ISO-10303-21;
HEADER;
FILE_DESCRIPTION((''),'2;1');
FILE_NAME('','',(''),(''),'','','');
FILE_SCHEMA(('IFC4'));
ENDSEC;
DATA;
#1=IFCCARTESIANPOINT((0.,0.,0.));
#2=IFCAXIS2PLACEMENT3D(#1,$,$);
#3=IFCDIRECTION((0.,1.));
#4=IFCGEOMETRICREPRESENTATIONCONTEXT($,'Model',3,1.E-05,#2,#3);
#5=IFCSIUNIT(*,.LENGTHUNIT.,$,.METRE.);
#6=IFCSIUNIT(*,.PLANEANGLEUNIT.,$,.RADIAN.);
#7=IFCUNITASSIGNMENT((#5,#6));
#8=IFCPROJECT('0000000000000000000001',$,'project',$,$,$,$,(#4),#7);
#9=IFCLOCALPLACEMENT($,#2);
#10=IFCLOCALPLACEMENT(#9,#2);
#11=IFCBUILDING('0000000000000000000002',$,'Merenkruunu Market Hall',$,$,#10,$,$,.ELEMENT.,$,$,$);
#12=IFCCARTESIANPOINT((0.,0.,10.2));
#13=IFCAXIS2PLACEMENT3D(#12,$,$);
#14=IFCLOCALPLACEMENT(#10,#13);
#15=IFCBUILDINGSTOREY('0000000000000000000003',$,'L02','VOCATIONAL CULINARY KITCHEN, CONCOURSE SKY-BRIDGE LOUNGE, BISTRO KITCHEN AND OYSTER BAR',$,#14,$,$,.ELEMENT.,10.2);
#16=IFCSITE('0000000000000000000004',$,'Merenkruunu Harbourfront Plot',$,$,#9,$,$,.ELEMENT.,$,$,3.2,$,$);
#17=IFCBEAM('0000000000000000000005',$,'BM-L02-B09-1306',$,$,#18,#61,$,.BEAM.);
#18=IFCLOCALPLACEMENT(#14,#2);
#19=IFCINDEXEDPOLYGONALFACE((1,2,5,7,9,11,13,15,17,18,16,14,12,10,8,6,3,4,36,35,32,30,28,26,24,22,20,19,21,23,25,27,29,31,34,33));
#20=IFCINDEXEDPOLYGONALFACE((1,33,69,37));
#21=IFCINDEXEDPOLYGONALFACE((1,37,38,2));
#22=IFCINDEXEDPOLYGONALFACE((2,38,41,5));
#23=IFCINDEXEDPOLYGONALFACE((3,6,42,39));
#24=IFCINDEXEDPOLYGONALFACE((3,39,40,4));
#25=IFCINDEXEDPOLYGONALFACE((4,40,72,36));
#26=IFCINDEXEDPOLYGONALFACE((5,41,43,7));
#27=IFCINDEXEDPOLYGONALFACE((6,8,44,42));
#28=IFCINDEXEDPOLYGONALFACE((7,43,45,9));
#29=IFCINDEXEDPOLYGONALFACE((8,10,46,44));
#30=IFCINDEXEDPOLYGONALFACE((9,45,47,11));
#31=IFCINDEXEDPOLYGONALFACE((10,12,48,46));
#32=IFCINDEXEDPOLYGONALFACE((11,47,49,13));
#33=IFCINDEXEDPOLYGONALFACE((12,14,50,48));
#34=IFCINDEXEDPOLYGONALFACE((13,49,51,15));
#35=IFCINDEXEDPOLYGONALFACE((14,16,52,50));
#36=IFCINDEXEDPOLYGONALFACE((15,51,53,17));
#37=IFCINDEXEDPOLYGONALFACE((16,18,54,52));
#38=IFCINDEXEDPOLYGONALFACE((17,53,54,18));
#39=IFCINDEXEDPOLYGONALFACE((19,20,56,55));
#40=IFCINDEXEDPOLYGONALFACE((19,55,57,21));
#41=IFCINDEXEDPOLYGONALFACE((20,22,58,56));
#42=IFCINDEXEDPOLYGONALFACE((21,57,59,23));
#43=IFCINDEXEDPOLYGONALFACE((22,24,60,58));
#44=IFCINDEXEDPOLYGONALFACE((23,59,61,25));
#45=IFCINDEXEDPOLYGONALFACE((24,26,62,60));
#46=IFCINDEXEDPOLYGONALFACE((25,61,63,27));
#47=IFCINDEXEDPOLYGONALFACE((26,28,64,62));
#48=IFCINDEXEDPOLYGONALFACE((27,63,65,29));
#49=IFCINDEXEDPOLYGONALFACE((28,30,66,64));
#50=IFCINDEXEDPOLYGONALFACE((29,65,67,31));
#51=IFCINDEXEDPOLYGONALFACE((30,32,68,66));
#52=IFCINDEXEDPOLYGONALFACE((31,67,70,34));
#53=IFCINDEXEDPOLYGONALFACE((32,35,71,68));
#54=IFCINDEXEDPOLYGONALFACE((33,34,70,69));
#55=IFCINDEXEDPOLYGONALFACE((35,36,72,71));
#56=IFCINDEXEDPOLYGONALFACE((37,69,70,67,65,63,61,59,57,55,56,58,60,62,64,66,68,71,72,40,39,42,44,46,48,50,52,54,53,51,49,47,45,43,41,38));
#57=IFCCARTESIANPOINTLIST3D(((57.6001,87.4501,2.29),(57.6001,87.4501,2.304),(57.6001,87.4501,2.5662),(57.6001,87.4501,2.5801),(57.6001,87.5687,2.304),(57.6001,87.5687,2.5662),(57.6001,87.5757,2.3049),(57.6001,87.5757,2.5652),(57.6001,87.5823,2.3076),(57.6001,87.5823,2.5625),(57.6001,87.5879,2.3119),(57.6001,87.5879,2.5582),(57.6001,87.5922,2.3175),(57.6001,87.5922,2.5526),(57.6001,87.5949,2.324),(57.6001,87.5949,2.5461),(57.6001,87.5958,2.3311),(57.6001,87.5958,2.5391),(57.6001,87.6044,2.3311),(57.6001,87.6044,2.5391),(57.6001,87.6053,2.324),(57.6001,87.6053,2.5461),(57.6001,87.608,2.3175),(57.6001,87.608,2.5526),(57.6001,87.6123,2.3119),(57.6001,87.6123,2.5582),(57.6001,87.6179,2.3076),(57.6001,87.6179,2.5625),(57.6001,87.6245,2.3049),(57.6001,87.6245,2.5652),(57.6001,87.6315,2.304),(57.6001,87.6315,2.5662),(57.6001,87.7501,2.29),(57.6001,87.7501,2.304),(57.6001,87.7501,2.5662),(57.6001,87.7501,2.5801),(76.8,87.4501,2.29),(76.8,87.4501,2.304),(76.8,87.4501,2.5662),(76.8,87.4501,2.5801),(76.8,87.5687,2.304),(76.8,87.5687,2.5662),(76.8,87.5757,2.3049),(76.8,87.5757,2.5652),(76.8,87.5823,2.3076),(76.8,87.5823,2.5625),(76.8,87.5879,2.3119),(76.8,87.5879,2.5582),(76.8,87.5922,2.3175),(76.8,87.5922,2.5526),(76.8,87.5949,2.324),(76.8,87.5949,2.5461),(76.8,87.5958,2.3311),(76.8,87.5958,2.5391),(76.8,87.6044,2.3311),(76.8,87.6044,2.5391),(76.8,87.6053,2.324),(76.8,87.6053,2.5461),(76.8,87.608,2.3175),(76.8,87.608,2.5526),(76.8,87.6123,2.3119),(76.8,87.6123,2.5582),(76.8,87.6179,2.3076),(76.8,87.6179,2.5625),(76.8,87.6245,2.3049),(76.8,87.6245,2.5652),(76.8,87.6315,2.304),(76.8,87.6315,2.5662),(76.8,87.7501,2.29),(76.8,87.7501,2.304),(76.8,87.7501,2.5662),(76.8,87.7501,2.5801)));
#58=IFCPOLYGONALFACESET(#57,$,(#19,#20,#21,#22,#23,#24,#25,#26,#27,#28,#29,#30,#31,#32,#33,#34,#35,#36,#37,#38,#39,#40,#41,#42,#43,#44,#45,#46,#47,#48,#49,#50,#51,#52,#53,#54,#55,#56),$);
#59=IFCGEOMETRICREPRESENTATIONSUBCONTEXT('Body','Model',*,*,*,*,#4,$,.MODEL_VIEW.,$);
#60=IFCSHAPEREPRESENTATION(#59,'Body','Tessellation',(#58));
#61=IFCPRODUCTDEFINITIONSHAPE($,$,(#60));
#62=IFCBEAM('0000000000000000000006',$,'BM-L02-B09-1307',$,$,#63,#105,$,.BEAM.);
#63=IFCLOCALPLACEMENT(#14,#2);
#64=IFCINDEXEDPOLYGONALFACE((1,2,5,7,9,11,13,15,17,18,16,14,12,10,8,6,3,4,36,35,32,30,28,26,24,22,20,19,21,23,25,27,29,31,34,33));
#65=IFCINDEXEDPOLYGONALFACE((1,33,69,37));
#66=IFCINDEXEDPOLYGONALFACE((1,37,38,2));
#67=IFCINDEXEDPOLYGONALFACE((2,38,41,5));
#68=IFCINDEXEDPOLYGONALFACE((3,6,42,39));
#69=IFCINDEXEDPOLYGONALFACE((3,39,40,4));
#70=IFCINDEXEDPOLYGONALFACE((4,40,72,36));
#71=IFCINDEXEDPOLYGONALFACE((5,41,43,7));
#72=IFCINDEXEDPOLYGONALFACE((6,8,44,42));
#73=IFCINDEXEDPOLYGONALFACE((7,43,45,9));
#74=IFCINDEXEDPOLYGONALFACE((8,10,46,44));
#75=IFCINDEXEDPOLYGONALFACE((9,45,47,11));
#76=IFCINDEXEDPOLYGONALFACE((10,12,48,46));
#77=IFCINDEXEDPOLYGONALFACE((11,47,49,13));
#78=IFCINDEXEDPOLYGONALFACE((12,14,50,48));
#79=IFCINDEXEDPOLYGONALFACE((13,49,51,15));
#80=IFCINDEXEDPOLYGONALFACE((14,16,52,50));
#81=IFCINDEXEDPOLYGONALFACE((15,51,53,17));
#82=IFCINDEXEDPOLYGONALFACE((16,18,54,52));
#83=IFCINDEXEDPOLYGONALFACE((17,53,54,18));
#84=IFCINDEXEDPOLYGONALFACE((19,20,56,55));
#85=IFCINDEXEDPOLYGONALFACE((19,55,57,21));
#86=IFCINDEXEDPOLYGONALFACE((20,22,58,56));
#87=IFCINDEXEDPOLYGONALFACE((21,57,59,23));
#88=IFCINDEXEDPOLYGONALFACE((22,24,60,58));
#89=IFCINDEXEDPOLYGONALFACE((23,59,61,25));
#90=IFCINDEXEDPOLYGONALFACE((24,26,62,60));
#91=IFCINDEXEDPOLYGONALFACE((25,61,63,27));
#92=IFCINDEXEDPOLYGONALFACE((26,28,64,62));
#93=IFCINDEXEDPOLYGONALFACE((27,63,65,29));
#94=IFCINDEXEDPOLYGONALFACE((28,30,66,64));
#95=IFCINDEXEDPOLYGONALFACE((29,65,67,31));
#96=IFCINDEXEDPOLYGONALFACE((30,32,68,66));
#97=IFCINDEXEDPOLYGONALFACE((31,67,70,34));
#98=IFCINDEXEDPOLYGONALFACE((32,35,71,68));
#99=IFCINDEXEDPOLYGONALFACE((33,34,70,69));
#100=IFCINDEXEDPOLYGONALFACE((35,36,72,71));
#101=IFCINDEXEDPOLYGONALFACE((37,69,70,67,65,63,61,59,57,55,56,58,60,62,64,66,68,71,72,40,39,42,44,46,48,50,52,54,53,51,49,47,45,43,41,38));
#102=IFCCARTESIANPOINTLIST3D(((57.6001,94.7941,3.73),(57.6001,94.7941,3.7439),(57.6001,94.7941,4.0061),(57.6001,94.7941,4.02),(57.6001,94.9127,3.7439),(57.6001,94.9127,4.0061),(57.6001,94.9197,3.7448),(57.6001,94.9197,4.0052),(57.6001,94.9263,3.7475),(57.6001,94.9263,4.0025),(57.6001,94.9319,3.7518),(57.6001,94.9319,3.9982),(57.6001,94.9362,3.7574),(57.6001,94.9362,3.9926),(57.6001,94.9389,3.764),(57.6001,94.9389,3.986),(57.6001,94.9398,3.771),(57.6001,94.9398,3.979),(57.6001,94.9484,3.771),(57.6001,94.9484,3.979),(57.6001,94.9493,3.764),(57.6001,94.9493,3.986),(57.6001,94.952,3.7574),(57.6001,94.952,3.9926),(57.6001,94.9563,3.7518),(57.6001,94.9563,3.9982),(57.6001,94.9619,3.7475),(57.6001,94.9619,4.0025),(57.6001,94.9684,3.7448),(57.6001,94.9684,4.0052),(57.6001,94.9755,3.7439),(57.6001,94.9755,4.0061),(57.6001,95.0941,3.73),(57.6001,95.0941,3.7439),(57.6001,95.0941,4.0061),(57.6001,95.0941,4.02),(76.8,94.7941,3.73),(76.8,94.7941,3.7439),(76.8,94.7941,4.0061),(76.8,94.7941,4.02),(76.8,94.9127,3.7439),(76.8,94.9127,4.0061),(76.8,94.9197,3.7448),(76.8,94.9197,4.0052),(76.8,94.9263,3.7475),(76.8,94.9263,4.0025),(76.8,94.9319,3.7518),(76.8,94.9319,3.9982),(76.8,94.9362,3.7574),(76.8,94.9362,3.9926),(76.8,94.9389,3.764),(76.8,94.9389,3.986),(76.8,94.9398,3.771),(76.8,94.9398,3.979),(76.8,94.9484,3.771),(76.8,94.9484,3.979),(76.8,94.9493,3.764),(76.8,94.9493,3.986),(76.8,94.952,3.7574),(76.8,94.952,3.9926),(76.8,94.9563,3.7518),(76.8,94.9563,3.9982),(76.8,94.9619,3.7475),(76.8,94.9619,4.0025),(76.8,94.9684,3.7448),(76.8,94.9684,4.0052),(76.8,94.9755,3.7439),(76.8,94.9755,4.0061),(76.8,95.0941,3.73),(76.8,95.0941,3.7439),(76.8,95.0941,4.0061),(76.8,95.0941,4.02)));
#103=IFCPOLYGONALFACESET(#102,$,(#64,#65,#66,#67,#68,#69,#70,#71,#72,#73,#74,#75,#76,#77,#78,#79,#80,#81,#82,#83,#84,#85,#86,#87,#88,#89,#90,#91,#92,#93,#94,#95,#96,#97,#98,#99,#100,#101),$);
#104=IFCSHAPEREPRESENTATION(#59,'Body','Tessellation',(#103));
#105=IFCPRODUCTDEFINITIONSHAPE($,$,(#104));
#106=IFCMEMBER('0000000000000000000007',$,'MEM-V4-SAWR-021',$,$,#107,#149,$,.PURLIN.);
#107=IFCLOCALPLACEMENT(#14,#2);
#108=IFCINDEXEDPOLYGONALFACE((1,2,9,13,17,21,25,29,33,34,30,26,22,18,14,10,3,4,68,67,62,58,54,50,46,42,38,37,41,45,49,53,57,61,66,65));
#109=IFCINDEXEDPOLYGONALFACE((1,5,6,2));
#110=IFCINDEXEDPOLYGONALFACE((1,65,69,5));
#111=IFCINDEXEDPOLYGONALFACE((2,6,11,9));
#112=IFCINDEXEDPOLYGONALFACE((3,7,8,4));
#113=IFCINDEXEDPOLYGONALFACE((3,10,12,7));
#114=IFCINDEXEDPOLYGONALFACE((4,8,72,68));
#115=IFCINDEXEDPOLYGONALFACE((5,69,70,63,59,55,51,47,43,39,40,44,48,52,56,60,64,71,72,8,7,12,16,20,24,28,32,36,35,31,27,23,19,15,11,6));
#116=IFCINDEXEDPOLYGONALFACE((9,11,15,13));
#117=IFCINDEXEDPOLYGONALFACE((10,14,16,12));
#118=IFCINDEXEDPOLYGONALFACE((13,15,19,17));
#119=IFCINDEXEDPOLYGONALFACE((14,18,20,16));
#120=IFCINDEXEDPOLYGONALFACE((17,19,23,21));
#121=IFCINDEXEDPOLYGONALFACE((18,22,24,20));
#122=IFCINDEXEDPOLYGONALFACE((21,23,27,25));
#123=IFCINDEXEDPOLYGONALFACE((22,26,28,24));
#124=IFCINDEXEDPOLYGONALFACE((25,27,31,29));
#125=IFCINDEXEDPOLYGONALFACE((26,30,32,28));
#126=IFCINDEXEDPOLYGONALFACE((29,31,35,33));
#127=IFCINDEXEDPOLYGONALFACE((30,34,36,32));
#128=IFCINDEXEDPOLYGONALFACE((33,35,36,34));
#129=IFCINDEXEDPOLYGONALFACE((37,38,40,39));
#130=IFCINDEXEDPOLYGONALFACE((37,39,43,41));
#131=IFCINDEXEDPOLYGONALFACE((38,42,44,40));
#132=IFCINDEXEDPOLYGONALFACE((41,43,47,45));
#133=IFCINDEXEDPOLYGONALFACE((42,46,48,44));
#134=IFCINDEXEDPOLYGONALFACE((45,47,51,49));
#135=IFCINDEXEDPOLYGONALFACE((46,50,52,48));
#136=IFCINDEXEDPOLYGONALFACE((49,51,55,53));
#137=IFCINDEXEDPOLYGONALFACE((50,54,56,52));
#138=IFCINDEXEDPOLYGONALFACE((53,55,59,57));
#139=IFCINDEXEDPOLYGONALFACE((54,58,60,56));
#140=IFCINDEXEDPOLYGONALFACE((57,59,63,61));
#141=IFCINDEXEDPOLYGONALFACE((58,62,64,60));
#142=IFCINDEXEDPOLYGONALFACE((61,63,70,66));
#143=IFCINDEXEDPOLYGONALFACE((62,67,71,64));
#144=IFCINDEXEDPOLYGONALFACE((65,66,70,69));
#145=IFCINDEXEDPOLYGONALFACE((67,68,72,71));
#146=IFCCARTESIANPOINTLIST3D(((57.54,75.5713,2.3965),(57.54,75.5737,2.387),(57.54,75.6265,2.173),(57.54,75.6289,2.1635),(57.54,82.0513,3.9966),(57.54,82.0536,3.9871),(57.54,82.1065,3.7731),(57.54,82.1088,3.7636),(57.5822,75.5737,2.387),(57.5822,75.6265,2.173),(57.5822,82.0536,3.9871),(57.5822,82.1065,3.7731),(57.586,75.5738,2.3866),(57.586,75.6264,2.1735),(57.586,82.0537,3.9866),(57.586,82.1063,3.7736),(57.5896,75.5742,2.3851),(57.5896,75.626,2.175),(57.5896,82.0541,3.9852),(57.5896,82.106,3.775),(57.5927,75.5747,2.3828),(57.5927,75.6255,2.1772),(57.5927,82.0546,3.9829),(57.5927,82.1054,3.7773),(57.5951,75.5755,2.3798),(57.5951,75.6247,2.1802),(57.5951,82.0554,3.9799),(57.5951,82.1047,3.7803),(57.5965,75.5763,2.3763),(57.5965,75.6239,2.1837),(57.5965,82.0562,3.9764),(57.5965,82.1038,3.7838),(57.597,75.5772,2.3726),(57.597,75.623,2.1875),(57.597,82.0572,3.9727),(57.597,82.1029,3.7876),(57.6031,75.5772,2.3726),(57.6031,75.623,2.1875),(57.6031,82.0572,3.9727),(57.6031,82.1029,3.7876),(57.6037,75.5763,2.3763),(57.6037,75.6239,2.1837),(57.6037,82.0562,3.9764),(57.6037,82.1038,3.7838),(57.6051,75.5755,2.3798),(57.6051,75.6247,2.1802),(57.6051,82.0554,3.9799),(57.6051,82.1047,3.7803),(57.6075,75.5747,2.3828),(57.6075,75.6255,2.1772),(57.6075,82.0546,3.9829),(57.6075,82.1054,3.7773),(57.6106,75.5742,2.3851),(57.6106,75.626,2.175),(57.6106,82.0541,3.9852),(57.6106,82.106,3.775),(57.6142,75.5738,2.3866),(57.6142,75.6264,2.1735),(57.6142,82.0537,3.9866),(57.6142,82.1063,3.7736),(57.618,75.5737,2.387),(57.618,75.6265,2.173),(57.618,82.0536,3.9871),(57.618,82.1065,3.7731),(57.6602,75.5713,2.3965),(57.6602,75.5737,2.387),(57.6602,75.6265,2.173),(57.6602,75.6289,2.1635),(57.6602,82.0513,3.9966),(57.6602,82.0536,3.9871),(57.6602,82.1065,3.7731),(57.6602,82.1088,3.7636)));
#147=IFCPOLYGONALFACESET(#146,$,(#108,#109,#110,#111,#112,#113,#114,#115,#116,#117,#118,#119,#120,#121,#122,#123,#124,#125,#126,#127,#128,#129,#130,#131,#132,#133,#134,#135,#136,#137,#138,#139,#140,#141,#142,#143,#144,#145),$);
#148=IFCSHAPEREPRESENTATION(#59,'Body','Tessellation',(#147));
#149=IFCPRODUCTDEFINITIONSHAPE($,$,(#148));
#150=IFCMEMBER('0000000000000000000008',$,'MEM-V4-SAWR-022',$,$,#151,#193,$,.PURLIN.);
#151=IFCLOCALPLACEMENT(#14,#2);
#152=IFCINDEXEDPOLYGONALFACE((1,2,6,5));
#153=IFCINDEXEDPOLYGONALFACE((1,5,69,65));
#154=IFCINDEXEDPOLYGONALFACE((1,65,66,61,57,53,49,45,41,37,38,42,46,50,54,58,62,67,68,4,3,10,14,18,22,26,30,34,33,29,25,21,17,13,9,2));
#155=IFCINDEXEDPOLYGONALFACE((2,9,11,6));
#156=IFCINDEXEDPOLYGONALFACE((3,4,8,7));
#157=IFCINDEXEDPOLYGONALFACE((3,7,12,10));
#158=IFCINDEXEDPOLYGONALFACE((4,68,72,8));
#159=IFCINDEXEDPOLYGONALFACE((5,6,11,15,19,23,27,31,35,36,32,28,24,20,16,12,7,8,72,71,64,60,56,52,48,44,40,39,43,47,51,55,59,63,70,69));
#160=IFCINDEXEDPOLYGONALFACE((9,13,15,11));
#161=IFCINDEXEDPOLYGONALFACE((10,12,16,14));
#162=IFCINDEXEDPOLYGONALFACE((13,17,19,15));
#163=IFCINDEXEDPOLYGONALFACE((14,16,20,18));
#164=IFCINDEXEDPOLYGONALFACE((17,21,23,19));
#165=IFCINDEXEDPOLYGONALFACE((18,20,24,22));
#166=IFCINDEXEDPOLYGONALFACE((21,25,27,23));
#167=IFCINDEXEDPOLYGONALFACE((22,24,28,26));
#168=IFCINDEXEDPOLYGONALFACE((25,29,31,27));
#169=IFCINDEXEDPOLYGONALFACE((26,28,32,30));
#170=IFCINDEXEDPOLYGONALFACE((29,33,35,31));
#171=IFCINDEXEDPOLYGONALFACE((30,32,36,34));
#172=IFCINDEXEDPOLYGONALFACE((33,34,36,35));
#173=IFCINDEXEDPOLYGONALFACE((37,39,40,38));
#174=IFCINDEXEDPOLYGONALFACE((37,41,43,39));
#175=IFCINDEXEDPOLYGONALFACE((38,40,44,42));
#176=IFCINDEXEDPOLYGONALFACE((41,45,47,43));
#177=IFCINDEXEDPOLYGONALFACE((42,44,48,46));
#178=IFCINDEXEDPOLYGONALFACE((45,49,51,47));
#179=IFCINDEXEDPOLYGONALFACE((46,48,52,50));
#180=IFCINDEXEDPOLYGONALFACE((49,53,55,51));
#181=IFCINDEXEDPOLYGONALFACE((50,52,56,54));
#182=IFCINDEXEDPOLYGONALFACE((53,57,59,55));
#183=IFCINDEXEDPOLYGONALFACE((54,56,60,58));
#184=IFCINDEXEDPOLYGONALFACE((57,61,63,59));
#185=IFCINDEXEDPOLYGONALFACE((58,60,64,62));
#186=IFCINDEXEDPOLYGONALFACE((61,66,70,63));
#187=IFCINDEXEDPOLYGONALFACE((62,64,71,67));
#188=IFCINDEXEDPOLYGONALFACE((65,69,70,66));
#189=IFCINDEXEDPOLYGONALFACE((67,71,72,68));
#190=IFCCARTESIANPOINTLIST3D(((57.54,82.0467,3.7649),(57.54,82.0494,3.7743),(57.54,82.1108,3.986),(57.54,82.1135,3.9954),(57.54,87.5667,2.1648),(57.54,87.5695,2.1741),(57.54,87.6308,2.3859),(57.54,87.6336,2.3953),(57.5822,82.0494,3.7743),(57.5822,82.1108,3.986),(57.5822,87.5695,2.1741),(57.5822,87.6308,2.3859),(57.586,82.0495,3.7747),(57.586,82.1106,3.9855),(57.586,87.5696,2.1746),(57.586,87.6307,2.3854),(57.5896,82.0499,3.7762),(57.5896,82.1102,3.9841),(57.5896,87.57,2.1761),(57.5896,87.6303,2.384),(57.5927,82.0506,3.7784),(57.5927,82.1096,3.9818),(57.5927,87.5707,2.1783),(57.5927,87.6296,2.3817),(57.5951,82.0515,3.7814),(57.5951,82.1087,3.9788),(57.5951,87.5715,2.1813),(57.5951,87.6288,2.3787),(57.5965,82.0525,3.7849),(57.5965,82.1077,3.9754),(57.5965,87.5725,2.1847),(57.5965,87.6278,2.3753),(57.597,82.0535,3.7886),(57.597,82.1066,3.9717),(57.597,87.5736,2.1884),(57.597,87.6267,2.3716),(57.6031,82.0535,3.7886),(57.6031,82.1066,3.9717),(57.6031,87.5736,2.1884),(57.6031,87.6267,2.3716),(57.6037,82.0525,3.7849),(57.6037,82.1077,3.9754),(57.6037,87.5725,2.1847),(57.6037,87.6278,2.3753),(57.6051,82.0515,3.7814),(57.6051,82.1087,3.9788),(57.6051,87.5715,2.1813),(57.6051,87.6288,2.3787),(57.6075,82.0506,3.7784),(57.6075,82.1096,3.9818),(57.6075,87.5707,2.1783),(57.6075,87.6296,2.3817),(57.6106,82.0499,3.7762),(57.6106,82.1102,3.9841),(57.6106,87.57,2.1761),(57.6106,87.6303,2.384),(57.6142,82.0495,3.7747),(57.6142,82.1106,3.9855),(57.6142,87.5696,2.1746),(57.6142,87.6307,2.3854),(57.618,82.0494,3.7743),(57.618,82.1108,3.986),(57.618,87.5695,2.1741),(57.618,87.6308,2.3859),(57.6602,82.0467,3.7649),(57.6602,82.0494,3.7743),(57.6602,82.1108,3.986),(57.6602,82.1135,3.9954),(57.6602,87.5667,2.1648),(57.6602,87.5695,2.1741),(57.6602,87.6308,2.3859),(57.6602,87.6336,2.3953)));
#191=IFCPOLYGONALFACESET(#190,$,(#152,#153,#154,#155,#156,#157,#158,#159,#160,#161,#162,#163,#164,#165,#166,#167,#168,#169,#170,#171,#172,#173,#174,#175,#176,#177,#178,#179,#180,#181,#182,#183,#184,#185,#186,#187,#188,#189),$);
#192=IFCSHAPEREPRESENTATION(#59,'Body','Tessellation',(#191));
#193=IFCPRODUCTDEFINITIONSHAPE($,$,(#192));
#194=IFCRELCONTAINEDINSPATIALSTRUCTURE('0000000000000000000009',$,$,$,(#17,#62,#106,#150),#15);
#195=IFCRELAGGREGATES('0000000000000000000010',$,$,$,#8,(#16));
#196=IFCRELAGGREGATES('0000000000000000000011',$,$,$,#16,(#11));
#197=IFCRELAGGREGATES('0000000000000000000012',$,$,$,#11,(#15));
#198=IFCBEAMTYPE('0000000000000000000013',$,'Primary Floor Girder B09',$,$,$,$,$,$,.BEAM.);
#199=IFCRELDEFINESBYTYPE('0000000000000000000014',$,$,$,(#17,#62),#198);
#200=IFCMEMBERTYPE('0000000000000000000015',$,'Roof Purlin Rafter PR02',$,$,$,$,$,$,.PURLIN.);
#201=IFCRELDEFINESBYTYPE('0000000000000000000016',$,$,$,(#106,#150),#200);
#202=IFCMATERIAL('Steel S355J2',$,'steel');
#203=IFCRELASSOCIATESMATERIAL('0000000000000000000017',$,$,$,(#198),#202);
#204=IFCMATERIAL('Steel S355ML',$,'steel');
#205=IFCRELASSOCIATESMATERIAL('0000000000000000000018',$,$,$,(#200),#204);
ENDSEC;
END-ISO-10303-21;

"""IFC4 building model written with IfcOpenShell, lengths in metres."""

from ifc_helpers import new_model, si_unit, direction, frame, origin, origin_2d, place, context, subcontext, project, spatial, i_section, extrude, material, material_profile, profile_set, type_object, element, save


model = new_model("IFC4")

# Units and contexts
model_context = context("Model", 3, precision=1e-05, world=origin(), true_north=direction((0.0, 1.0)))
body_context = subcontext(model_context, "Body", "Model", "MODEL_VIEW")
ifc_project = project(units=[si_unit("LENGTHUNIT", "METRE"), si_unit("PLANEANGLEUNIT", "RADIAN")], contexts=[model_context])

# Site, building, storey
site_placement = place(None, origin())
site = spatial("IfcSite", under=ifc_project, at=site_placement, Name="Merenkruunu Harbourfront Plot", CompositionType="ELEMENT", RefElevation=3.2)
building_placement = place(site_placement, origin())
building = spatial("IfcBuilding", under=site, at=building_placement, Name="Merenkruunu Market Hall", CompositionType="ELEMENT")
storey_placement = place(building_placement, frame((0.0, 0.0, 10.2)))
storey = spatial("IfcBuildingStorey", under=building, at=storey_placement, Name="L02", Description="VOCATIONAL CULINARY KITCHEN, CONCOURSE SKY-BRIDGE LOUNGE, BISTRO KITCHEN AND OYSTER BAR", CompositionType="ELEMENT", Elevation=10.2)

# Shared definitions
ifc_material_1 = material(Name="Steel S355ML", Category="steel")

# Beams
ifc_material_2 = material(Name="Steel S355J2", Category="steel")
ifc_material_profile_1 = material_profile(ifc_material_2, i_section(OverallWidth=0.3, OverallDepth=0.29, WebThickness=0.0085, FlangeThickness=0.0139, FilletRadius=0.0271, at=origin_2d()), Name="HEA 300")
ifc_profile_set_1 = profile_set([ifc_material_profile_1], Name="Steel S355J2")
beam_type_1 = type_object("IfcBeamType", Name="Primary Floor Girder B09", PredefinedType="BEAM", material=ifc_profile_set_1)
for number, where, z_axis, x_axis, name in (
    (1, (57.6001, 87.6001, 2.4351), (1.0, 0.0, 0.0), (0.0, 1.0, 0.0), "BM-L02-B09-1306"),
    (2, (57.6001, 94.9441, 3.875), (1.0, 0.0, 0.0), (0.0, 1.0, 0.0), "BM-L02-B09-1307"),
):
    element("IfcBeam", number, at=place(storey_placement, frame(where, z_axis=z_axis, x_axis=x_axis)), inside=storey, type_object=beam_type_1, Name=name, PredefinedType="BEAM", context=body_context, shape_type="SweptSolid", body=[
        extrude(i_section(OverallWidth=0.3, OverallDepth=0.29, WebThickness=0.0085, FlangeThickness=0.0139, FilletRadius=0.0271, at=origin_2d()), origin(), (0.0, 0.0, 1.0), 19.2),
    ])

# Members
ifc_material_profile_2 = material_profile(ifc_material_1, i_section(OverallWidth=0.1201, OverallDepth=0.24, WebThickness=0.0061, FlangeThickness=0.0098, FilletRadius=0.0149, at=origin_2d()), Name="IPE 240")
ifc_profile_set_2 = profile_set([ifc_material_profile_2], Name="Steel S355ML")
member_type = type_object("IfcMemberType", Name="Roof Purlin Rafter PR02", PredefinedType="PURLIN", material=ifc_profile_set_2)
member_1_placement = place(storey_placement, frame((57.6001, 75.6001, 2.28), z_axis=(0.0, 0.97084, 0.239729), x_axis=(-1.0, 0.0, 0.0)))
element("IfcMember", 3, at=member_1_placement, inside=storey, type_object=member_type, Name="MEM-V4-SAWR-021", PredefinedType="PURLIN", context=body_context, shape_type="SweptSolid", body=[
    extrude(i_section(OverallWidth=0.1201, OverallDepth=0.24, WebThickness=0.0061, FlangeThickness=0.0098, FilletRadius=0.0149, at=origin_2d()), origin(), (0.0, 0.0, 1.0), 6.6746),
])
member_2_placement = place(storey_placement, frame((57.6001, 82.0801, 3.8801), z_axis=(0.0, 0.960462, -0.278411), x_axis=(-1.0, 0.0, 0.0)))
element("IfcMember", 4, at=member_2_placement, inside=storey, type_object=member_type, Name="MEM-V4-SAWR-022", PredefinedType="PURLIN", context=body_context, shape_type="SweptSolid", body=[
    extrude(i_section(OverallWidth=0.1201, OverallDepth=0.24, WebThickness=0.0061, FlangeThickness=0.0098, FilletRadius=0.0149, at=origin_2d()), origin(), (0.0, 0.0, 1.0), 5.7473),
])

save(model, "model.ifc")
